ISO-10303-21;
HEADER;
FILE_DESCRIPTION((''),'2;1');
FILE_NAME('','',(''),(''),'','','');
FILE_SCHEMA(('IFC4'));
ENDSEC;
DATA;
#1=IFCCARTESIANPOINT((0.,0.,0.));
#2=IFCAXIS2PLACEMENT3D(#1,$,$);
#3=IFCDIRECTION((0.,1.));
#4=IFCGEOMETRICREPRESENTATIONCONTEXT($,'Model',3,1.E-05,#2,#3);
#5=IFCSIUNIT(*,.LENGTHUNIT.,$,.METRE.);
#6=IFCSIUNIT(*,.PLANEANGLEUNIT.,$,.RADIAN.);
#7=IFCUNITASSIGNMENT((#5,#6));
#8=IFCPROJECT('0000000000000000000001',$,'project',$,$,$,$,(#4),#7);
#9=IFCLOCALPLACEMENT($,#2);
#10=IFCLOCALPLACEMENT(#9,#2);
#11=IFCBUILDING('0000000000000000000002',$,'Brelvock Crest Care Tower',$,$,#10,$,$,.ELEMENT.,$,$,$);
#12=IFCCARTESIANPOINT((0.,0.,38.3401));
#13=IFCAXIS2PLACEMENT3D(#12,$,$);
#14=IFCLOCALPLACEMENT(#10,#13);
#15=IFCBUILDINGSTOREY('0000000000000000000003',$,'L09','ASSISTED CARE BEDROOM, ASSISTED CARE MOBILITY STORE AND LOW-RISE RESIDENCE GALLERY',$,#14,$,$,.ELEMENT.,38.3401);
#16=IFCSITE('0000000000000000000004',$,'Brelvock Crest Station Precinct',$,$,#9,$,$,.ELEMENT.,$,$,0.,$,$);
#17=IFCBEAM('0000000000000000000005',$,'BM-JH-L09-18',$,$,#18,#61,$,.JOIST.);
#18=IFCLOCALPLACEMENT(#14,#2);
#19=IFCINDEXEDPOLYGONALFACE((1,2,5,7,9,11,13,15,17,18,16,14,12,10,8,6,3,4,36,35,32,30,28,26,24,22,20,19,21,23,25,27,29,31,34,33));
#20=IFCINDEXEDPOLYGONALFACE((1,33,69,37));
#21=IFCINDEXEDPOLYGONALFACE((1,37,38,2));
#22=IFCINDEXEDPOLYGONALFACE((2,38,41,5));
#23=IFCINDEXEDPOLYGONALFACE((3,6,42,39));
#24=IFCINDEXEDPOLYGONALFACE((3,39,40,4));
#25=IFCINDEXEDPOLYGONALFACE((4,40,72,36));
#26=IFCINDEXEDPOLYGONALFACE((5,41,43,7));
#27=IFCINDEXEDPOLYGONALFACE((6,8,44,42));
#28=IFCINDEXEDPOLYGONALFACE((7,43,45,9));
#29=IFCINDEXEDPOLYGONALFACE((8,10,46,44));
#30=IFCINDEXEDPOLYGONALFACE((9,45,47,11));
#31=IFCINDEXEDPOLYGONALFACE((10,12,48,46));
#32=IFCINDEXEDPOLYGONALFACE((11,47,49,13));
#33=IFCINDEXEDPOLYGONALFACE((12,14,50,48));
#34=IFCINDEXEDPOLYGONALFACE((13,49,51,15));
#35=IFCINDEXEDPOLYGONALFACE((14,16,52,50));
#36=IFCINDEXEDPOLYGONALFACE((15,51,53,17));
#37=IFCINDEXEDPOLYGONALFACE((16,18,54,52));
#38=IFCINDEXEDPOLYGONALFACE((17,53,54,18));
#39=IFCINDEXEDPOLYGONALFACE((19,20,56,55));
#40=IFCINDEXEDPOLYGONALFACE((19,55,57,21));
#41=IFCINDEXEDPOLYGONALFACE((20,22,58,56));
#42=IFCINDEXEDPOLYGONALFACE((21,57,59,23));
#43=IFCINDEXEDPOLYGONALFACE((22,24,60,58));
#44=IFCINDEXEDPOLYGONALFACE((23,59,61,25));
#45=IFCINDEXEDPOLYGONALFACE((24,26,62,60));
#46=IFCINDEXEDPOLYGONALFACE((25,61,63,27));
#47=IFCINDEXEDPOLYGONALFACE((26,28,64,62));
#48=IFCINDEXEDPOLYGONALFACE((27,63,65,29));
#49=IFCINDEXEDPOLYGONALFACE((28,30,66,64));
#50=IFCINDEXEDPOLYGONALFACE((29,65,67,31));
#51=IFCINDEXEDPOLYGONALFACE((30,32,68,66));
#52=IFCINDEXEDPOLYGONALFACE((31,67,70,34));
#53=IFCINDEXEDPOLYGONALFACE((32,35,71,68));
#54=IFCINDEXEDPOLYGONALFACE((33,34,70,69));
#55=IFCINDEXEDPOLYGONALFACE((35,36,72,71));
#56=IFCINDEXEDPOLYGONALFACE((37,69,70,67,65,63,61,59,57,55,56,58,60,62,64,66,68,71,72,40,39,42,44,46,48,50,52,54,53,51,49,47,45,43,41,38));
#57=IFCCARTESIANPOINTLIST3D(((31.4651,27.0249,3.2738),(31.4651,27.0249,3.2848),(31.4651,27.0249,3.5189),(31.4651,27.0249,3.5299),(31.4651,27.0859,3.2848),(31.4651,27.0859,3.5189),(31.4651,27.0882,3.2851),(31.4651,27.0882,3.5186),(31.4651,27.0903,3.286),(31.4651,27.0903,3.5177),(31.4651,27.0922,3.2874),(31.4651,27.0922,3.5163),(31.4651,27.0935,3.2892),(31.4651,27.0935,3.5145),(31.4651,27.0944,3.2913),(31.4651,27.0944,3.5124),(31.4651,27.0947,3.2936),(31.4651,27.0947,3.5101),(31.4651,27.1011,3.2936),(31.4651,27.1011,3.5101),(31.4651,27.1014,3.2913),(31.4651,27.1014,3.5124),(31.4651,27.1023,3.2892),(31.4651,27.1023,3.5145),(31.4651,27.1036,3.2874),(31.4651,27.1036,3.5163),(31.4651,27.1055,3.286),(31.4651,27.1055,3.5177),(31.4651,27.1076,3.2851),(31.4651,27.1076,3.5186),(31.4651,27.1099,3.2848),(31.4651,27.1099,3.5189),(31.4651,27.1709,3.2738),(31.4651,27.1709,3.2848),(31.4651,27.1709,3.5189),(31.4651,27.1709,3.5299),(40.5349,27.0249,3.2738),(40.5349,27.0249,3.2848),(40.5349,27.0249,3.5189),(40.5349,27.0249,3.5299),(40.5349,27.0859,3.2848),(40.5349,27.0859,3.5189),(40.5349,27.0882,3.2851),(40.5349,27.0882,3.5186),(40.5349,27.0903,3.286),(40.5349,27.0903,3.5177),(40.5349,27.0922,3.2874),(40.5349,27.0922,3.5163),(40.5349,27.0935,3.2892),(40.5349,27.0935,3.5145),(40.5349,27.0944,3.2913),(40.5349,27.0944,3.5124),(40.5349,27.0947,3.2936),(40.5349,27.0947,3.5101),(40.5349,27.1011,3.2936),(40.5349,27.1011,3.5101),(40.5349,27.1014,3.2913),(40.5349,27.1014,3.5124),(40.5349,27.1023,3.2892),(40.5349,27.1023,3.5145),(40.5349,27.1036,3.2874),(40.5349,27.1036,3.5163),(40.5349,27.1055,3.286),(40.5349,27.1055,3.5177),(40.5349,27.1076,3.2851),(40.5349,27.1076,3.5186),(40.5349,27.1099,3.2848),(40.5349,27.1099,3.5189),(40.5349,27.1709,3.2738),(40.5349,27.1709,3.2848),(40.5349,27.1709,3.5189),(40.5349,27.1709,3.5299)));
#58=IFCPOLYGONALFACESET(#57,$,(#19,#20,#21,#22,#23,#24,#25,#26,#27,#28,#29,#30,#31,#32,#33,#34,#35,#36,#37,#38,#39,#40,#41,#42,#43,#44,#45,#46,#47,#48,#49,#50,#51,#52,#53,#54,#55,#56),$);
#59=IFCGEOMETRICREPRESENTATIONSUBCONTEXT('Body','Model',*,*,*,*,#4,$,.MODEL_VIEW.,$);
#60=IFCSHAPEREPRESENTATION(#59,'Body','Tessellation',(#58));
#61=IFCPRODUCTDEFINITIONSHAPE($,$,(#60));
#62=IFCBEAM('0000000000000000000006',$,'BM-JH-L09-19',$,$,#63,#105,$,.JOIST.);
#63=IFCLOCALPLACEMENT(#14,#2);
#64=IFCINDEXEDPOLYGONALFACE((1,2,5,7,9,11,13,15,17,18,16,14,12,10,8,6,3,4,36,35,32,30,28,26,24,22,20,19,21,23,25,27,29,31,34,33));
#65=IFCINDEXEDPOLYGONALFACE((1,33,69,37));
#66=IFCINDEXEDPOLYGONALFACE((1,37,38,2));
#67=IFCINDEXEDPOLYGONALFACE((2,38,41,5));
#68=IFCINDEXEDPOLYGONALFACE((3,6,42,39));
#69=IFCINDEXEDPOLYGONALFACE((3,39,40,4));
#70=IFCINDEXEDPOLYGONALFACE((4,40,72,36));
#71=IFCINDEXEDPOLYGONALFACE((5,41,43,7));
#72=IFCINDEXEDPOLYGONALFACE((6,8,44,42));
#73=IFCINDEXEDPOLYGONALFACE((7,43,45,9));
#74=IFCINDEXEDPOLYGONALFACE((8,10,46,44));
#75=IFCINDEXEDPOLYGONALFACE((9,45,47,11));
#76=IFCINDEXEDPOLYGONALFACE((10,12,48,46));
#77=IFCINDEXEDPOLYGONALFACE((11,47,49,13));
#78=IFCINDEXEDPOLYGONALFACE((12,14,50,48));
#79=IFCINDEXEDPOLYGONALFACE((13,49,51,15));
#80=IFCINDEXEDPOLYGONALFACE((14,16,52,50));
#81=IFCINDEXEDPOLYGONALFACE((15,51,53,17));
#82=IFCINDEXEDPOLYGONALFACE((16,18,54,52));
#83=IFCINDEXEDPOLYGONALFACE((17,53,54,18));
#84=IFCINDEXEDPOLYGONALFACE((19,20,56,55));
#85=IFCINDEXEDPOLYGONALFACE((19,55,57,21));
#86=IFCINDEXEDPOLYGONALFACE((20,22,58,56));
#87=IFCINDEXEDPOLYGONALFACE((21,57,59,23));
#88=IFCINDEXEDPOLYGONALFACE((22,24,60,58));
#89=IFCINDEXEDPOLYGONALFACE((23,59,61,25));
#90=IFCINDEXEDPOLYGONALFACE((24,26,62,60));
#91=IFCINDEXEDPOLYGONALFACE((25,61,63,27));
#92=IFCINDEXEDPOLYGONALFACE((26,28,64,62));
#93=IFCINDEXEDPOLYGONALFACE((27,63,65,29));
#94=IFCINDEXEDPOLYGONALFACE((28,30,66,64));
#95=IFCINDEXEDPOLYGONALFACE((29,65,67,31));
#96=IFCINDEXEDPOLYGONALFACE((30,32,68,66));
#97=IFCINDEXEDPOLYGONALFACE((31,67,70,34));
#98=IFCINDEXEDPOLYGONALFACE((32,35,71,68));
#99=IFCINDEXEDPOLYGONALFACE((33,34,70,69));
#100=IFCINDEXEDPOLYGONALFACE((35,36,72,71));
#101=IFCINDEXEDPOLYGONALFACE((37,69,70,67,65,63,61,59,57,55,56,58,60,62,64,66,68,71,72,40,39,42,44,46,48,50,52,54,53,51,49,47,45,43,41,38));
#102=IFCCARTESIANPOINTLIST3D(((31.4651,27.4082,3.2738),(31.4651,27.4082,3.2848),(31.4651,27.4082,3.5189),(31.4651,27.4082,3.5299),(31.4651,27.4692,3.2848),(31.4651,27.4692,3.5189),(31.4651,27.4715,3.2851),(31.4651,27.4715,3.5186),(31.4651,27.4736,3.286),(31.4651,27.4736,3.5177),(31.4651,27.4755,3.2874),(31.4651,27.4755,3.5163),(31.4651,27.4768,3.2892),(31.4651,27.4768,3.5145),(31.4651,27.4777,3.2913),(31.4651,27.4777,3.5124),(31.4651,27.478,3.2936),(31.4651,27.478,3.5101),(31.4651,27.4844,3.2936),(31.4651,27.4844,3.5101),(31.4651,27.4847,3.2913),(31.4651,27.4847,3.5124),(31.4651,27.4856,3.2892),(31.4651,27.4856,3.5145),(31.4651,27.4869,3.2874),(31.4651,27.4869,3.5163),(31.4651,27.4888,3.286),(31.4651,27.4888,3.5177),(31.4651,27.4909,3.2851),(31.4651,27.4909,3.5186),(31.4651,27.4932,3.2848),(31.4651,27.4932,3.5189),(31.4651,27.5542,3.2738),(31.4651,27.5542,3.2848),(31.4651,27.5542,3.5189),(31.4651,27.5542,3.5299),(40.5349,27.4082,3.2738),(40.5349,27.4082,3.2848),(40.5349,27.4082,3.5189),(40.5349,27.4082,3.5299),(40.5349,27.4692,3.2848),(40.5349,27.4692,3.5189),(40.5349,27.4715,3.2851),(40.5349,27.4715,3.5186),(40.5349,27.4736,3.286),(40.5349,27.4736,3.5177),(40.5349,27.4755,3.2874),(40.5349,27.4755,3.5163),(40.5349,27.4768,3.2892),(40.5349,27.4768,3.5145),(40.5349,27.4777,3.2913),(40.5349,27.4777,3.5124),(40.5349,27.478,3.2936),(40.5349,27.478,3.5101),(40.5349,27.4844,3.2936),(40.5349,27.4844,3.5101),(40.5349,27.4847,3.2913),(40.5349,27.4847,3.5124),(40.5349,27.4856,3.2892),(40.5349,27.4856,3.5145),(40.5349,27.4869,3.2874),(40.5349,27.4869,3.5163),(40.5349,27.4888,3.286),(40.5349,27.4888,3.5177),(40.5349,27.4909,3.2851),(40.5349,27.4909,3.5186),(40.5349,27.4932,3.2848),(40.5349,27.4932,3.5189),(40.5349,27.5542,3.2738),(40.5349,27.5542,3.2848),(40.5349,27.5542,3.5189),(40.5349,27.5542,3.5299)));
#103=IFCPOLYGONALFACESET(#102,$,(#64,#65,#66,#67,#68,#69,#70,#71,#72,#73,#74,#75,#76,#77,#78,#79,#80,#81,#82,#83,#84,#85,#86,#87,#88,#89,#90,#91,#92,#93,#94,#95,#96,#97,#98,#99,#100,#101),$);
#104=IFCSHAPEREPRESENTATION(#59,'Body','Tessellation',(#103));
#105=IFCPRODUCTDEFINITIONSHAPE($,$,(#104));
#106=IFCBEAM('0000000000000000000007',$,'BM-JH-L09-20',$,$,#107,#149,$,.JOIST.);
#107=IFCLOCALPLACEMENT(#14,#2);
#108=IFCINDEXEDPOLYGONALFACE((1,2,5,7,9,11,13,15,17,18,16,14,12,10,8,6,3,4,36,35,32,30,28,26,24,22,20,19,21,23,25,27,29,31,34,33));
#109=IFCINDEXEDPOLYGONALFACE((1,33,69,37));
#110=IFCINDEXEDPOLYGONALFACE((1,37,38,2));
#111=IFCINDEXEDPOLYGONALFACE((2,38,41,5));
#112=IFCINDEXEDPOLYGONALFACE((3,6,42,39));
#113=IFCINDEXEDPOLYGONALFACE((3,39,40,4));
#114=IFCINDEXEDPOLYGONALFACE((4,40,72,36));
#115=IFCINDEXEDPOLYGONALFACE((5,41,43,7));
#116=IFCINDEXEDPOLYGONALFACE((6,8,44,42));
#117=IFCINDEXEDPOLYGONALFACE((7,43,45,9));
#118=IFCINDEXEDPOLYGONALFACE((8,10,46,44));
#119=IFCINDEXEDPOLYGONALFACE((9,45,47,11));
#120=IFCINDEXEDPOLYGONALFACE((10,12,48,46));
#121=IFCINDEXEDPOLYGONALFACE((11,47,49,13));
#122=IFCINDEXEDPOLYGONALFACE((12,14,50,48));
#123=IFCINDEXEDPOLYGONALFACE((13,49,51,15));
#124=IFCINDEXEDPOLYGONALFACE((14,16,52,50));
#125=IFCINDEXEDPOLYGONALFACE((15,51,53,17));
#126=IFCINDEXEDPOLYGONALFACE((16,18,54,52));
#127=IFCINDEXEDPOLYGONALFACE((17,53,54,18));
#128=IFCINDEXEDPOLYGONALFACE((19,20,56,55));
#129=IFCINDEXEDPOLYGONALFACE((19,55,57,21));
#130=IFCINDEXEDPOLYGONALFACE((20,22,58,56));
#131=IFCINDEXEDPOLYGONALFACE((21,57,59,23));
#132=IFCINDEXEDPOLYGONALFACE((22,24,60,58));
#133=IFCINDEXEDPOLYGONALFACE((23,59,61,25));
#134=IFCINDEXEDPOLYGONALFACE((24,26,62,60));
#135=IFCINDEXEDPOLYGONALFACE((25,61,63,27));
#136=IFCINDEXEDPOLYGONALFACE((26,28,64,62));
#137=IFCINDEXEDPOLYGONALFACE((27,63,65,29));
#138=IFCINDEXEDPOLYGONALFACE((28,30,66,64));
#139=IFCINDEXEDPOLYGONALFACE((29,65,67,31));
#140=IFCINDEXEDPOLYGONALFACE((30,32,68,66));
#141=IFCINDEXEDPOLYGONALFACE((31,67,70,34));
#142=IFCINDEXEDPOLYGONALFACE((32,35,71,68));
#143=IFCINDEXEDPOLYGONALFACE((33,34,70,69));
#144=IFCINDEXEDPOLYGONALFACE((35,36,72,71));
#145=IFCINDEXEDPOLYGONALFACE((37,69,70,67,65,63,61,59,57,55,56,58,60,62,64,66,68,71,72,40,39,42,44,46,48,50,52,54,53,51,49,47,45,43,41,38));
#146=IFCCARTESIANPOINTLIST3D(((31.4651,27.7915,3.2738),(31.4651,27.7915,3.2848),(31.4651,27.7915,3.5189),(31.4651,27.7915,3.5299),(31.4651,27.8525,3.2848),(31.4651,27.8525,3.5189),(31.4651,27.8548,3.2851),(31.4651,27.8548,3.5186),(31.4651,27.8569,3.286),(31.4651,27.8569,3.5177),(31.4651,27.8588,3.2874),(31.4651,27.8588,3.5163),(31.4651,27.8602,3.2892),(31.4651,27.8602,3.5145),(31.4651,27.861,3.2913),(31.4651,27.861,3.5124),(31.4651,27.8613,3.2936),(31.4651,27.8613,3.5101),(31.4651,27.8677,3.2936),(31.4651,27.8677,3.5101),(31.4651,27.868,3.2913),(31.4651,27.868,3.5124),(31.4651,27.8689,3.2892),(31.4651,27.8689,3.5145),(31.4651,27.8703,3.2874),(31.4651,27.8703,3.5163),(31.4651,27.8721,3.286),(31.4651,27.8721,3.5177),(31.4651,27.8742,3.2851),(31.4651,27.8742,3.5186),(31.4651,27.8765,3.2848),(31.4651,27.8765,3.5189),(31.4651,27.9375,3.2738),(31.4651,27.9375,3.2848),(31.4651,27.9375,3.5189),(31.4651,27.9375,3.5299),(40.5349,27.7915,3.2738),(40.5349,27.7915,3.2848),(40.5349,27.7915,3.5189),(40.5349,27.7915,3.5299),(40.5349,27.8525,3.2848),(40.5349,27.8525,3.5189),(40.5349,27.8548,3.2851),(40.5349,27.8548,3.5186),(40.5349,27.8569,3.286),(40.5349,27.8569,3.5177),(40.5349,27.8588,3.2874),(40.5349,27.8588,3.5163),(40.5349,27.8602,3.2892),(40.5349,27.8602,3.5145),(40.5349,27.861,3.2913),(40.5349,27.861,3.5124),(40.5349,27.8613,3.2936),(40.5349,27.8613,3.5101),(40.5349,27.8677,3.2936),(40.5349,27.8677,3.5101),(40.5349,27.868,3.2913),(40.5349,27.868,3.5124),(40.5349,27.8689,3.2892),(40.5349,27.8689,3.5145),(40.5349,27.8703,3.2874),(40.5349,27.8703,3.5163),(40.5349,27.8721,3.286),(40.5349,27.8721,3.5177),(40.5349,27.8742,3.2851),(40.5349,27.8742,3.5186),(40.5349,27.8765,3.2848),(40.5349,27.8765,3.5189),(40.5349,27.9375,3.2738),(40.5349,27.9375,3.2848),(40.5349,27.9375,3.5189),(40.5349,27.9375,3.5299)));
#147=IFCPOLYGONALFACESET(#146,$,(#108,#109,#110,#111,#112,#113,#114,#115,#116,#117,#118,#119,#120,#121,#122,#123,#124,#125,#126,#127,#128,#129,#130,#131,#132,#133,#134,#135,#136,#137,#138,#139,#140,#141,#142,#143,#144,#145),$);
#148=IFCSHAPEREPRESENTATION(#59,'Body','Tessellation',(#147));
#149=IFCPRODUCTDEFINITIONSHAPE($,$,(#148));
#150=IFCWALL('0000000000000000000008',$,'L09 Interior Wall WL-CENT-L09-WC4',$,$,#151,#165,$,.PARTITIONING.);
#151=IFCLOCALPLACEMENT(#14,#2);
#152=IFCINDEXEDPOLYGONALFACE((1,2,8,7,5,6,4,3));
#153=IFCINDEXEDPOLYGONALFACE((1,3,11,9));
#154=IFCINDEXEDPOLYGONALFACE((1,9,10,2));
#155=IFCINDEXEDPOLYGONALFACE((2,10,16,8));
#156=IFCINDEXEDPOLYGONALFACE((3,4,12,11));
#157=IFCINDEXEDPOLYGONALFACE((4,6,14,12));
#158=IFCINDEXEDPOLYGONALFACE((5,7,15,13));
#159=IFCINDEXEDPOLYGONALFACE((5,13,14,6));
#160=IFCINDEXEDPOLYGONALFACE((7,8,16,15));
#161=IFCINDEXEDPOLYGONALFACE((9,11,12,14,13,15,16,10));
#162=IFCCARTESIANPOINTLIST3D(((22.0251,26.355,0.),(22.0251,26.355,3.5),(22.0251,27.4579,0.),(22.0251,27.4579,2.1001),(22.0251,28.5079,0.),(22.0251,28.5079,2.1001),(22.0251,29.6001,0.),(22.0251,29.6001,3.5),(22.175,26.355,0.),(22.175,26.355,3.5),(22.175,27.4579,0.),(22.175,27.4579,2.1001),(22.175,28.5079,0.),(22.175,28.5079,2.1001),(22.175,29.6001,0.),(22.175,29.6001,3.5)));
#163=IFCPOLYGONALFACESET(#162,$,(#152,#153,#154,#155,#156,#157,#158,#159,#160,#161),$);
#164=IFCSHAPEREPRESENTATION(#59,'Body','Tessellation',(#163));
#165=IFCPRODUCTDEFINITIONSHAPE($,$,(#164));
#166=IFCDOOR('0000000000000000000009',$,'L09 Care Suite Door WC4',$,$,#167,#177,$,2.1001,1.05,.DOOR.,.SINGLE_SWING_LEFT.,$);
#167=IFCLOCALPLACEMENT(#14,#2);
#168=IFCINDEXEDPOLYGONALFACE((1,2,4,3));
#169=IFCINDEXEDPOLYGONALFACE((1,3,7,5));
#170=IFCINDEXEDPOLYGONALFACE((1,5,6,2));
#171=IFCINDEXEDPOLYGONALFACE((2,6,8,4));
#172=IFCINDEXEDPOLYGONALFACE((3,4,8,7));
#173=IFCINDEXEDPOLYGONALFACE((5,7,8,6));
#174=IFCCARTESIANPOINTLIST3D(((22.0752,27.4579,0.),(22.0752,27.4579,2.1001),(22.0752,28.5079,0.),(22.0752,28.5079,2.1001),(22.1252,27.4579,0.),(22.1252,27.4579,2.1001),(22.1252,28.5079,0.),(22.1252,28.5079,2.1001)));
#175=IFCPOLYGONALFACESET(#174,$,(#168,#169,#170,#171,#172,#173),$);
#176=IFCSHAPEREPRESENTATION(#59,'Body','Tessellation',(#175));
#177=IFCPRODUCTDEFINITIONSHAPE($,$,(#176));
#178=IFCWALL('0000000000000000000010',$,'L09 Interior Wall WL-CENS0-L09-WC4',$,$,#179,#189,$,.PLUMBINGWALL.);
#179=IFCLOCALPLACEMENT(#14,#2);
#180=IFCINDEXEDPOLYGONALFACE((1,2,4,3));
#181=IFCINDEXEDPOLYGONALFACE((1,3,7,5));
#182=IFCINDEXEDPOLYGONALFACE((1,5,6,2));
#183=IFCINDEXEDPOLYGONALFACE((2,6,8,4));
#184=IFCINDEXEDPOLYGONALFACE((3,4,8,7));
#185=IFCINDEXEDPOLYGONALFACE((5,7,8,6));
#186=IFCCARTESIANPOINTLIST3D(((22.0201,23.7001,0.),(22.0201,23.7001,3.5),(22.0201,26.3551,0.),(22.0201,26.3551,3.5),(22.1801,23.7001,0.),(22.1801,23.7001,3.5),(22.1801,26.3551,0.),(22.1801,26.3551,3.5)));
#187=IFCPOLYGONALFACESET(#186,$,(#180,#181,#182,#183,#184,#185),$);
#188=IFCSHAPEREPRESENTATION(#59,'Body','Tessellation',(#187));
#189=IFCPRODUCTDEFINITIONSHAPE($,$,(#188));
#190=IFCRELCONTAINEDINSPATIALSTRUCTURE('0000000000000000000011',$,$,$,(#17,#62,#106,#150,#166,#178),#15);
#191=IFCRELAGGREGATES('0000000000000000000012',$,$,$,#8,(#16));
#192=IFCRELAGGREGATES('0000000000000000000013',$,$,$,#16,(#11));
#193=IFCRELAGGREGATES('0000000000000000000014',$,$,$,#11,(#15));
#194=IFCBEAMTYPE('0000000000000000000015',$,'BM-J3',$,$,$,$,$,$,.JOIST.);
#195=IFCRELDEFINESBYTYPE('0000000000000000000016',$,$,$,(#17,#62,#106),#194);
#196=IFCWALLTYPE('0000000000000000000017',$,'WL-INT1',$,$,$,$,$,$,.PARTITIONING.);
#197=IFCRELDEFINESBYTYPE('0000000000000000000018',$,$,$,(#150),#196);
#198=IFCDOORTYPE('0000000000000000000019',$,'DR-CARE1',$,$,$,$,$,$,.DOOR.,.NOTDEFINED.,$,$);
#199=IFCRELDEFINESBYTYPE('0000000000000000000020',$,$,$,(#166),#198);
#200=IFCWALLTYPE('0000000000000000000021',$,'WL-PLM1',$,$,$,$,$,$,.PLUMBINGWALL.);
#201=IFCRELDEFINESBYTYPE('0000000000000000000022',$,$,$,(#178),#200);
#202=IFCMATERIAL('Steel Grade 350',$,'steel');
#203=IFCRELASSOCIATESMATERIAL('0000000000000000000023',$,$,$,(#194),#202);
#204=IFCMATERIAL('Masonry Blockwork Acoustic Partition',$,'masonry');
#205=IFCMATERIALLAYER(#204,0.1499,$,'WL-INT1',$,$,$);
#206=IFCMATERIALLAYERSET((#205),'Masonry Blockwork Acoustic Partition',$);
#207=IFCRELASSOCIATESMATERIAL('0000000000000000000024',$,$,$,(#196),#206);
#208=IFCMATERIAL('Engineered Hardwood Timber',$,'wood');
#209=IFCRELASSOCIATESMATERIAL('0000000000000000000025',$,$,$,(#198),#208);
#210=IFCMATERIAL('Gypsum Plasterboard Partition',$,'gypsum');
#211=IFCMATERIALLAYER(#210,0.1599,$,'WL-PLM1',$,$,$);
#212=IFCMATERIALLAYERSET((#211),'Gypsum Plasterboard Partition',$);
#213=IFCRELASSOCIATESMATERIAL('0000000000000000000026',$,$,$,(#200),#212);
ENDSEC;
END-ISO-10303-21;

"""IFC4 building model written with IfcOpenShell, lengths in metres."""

from ifc_helpers import new_model, si_unit, direction, frame, frame_2d, origin, origin_2d, place, context, subcontext, project, spatial, rectangle, i_section, extrude, source, transform, mapped, material, layer, layer_set, material_profile, profile_set, type_object, element, fill, save


model = new_model("IFC4")

# Units and contexts
model_context = context("Model", 3, precision=1e-05, world=origin(), true_north=direction((0.0, 1.0)))
body_context = subcontext(model_context, "Body", "Model", "MODEL_VIEW")
ifc_project = project(units=[si_unit("LENGTHUNIT", "METRE"), si_unit("PLANEANGLEUNIT", "RADIAN")], contexts=[model_context])

# Site, building, storey
site_placement = place(None, origin())
site = spatial("IfcSite", under=ifc_project, at=site_placement, Name="Brelvock Crest Station Precinct", CompositionType="ELEMENT", RefElevation=0.0)
building_placement = place(site_placement, origin())
building = spatial("IfcBuilding", under=site, at=building_placement, Name="Brelvock Crest Care Tower", CompositionType="ELEMENT")
storey_placement = place(building_placement, frame((0.0, 0.0, 38.3401)))
storey = spatial("IfcBuildingStorey", under=building, at=storey_placement, Name="L09", Description="ASSISTED CARE BEDROOM, ASSISTED CARE MOBILITY STORE AND LOW-RISE RESIDENCE GALLERY", CompositionType="ELEMENT", Elevation=38.3401)

# Beams
ifc_material_1 = material(Name="Steel Grade 350", Category="steel")
ifc_material_profile = material_profile(ifc_material_1, i_section(OverallWidth=0.146, OverallDepth=0.2561, WebThickness=0.0063, FlangeThickness=0.011, FilletRadius=0.0088, at=origin_2d()), Name="250UB37.3")
ifc_profile_set = profile_set([ifc_material_profile], Name="Steel Grade 350")
beam_type = type_object("IfcBeamType", Name="BM-J3", PredefinedType="JOIST", material=ifc_profile_set)
shared_shape_1 = source(origin(), body_context, "Body", "SweptSolid", [
    extrude(i_section(OverallWidth=0.146, OverallDepth=0.2561, WebThickness=0.0063, FlangeThickness=0.011, FilletRadius=0.0088, at=origin_2d()), origin(), (0.0, 0.0, 1.0), 9.0698),
])
for number, where, z_axis, x_axis, name in (
    (1, (31.4651, 27.0979, 3.4019), (1.0, 0.0, 0.0), (0.0, 1.0, 0.0), "BM-JH-L09-18"),
    (2, (31.4651, 27.4812, 3.4019), (1.0, 0.0, 0.0), (0.0, 1.0, 0.0), "BM-JH-L09-19"),
    (3, (31.4651, 27.8645, 3.4019), (1.0, 0.0, 0.0), (0.0, 1.0, 0.0), "BM-JH-L09-20"),
):
    element("IfcBeam", number, at=place(storey_placement, frame(where, z_axis=z_axis, x_axis=x_axis)), inside=storey, type_object=beam_type, Name=name, PredefinedType="JOIST", context=body_context, shape_type="MappedRepresentation", body=[
        mapped(shared_shape_1, transform((0.0, 0.0, 0.0), x_axis=(1.0, 0.0, 0.0), y_axis=(0.0, 1.0, 0.0), z_axis=(0.0, 0.0, 1.0), scale=1.0)),
    ])

# Wall, opening, door
ifc_material_2 = material(Name="Masonry Blockwork Acoustic Partition", Category="masonry")
ifc_layer_1 = layer(ifc_material_2, 0.1499, Name="WL-INT1")
ifc_layer_set_1 = layer_set([ifc_layer_1], Name="Masonry Blockwork Acoustic Partition")
wall_type_1 = type_object("IfcWallType", Name="WL-INT1", PredefinedType="PARTITIONING", material=ifc_layer_set_1)
wall_1_placement = place(storey_placement, frame((22.1001, 26.355, 0.0), z_axis=(0.0, 0.0, 1.0), x_axis=(0.0, 1.0, 0.0)))
wall_1 = element("IfcWall", 4, at=wall_1_placement, inside=storey, type_object=wall_type_1, Name="L09 Interior Wall WL-CENT-L09-WC4", PredefinedType="PARTITIONING", context=body_context, shape_type="SweptSolid", body=[
    extrude(rectangle(XDim=3.2451, YDim=0.1499, at=frame_2d((1.6226, 0.0))), origin(), (0.0, 0.0, 1.0), 3.5),
])
opening_placement = place(wall_1_placement, frame((1.103, 0.0, 0.0)))
opening = element("IfcOpeningElement", 5, at=opening_placement, cuts=wall_1, PredefinedType="OPENING", context=body_context, shape_type="SweptSolid", body=[
    extrude(rectangle(XDim=1.05, YDim=2.1001, at=origin_2d()), frame((0.5249, 0.085, 1.05), z_axis=(0.0, -1.0, 0.0), x_axis=(1.0, 0.0, 0.0)), (0.0, 0.0, 1.0), 0.1699),
])
ifc_material_3 = material(Name="Engineered Hardwood Timber", Category="wood")
door_type = type_object("IfcDoorType", Name="DR-CARE1", OperationType="NOTDEFINED", PredefinedType="DOOR", material=ifc_material_3)
shared_shape_2 = source(origin(), body_context, "Body", "SweptSolid", [
    extrude(rectangle(XDim=1.05, YDim=2.1001, at=origin_2d()), frame((0.5249, 0.0249, 1.05), z_axis=(0.0, -1.0, 0.0), x_axis=(1.0, 0.0, 0.0)), (0.0, 0.0, 1.0), 0.05),
])
door_placement = place(opening_placement, origin())
door = element("IfcDoor", 6, at=door_placement, inside=storey, type_object=door_type, Name="L09 Care Suite Door WC4", OperationType="SINGLE_SWING_LEFT", OverallHeight=2.1001, OverallWidth=1.05, PredefinedType="DOOR", context=body_context, shape_type="MappedRepresentation", body=[
    mapped(shared_shape_2, transform((0.0, 0.0, 0.0), x_axis=(1.0, 0.0, 0.0), y_axis=(0.0, 1.0, 0.0), z_axis=(0.0, 0.0, 1.0), scale=1.0)),
])
fill(opening, door)

# Wall
ifc_material_4 = material(Name="Gypsum Plasterboard Partition", Category="gypsum")
ifc_layer_2 = layer(ifc_material_4, 0.1599, Name="WL-PLM1")
ifc_layer_set_2 = layer_set([ifc_layer_2], Name="Gypsum Plasterboard Partition")
wall_type_2 = type_object("IfcWallType", Name="WL-PLM1", PredefinedType="PLUMBINGWALL", material=ifc_layer_set_2)
wall_2_placement = place(storey_placement, frame((22.1001, 23.7, 0.0), z_axis=(0.0, 0.0, 1.0), x_axis=(0.0, 1.0, 0.0)))
element("IfcWall", 7, at=wall_2_placement, inside=storey, type_object=wall_type_2, Name="L09 Interior Wall WL-CENS0-L09-WC4", PredefinedType="PLUMBINGWALL", context=body_context, shape_type="SweptSolid", body=[
    extrude(rectangle(XDim=2.655, YDim=0.1599, at=frame_2d((1.3276, 0.0))), origin(), (0.0, 0.0, 1.0), 3.5),
])

save(model, "model.ifc")
